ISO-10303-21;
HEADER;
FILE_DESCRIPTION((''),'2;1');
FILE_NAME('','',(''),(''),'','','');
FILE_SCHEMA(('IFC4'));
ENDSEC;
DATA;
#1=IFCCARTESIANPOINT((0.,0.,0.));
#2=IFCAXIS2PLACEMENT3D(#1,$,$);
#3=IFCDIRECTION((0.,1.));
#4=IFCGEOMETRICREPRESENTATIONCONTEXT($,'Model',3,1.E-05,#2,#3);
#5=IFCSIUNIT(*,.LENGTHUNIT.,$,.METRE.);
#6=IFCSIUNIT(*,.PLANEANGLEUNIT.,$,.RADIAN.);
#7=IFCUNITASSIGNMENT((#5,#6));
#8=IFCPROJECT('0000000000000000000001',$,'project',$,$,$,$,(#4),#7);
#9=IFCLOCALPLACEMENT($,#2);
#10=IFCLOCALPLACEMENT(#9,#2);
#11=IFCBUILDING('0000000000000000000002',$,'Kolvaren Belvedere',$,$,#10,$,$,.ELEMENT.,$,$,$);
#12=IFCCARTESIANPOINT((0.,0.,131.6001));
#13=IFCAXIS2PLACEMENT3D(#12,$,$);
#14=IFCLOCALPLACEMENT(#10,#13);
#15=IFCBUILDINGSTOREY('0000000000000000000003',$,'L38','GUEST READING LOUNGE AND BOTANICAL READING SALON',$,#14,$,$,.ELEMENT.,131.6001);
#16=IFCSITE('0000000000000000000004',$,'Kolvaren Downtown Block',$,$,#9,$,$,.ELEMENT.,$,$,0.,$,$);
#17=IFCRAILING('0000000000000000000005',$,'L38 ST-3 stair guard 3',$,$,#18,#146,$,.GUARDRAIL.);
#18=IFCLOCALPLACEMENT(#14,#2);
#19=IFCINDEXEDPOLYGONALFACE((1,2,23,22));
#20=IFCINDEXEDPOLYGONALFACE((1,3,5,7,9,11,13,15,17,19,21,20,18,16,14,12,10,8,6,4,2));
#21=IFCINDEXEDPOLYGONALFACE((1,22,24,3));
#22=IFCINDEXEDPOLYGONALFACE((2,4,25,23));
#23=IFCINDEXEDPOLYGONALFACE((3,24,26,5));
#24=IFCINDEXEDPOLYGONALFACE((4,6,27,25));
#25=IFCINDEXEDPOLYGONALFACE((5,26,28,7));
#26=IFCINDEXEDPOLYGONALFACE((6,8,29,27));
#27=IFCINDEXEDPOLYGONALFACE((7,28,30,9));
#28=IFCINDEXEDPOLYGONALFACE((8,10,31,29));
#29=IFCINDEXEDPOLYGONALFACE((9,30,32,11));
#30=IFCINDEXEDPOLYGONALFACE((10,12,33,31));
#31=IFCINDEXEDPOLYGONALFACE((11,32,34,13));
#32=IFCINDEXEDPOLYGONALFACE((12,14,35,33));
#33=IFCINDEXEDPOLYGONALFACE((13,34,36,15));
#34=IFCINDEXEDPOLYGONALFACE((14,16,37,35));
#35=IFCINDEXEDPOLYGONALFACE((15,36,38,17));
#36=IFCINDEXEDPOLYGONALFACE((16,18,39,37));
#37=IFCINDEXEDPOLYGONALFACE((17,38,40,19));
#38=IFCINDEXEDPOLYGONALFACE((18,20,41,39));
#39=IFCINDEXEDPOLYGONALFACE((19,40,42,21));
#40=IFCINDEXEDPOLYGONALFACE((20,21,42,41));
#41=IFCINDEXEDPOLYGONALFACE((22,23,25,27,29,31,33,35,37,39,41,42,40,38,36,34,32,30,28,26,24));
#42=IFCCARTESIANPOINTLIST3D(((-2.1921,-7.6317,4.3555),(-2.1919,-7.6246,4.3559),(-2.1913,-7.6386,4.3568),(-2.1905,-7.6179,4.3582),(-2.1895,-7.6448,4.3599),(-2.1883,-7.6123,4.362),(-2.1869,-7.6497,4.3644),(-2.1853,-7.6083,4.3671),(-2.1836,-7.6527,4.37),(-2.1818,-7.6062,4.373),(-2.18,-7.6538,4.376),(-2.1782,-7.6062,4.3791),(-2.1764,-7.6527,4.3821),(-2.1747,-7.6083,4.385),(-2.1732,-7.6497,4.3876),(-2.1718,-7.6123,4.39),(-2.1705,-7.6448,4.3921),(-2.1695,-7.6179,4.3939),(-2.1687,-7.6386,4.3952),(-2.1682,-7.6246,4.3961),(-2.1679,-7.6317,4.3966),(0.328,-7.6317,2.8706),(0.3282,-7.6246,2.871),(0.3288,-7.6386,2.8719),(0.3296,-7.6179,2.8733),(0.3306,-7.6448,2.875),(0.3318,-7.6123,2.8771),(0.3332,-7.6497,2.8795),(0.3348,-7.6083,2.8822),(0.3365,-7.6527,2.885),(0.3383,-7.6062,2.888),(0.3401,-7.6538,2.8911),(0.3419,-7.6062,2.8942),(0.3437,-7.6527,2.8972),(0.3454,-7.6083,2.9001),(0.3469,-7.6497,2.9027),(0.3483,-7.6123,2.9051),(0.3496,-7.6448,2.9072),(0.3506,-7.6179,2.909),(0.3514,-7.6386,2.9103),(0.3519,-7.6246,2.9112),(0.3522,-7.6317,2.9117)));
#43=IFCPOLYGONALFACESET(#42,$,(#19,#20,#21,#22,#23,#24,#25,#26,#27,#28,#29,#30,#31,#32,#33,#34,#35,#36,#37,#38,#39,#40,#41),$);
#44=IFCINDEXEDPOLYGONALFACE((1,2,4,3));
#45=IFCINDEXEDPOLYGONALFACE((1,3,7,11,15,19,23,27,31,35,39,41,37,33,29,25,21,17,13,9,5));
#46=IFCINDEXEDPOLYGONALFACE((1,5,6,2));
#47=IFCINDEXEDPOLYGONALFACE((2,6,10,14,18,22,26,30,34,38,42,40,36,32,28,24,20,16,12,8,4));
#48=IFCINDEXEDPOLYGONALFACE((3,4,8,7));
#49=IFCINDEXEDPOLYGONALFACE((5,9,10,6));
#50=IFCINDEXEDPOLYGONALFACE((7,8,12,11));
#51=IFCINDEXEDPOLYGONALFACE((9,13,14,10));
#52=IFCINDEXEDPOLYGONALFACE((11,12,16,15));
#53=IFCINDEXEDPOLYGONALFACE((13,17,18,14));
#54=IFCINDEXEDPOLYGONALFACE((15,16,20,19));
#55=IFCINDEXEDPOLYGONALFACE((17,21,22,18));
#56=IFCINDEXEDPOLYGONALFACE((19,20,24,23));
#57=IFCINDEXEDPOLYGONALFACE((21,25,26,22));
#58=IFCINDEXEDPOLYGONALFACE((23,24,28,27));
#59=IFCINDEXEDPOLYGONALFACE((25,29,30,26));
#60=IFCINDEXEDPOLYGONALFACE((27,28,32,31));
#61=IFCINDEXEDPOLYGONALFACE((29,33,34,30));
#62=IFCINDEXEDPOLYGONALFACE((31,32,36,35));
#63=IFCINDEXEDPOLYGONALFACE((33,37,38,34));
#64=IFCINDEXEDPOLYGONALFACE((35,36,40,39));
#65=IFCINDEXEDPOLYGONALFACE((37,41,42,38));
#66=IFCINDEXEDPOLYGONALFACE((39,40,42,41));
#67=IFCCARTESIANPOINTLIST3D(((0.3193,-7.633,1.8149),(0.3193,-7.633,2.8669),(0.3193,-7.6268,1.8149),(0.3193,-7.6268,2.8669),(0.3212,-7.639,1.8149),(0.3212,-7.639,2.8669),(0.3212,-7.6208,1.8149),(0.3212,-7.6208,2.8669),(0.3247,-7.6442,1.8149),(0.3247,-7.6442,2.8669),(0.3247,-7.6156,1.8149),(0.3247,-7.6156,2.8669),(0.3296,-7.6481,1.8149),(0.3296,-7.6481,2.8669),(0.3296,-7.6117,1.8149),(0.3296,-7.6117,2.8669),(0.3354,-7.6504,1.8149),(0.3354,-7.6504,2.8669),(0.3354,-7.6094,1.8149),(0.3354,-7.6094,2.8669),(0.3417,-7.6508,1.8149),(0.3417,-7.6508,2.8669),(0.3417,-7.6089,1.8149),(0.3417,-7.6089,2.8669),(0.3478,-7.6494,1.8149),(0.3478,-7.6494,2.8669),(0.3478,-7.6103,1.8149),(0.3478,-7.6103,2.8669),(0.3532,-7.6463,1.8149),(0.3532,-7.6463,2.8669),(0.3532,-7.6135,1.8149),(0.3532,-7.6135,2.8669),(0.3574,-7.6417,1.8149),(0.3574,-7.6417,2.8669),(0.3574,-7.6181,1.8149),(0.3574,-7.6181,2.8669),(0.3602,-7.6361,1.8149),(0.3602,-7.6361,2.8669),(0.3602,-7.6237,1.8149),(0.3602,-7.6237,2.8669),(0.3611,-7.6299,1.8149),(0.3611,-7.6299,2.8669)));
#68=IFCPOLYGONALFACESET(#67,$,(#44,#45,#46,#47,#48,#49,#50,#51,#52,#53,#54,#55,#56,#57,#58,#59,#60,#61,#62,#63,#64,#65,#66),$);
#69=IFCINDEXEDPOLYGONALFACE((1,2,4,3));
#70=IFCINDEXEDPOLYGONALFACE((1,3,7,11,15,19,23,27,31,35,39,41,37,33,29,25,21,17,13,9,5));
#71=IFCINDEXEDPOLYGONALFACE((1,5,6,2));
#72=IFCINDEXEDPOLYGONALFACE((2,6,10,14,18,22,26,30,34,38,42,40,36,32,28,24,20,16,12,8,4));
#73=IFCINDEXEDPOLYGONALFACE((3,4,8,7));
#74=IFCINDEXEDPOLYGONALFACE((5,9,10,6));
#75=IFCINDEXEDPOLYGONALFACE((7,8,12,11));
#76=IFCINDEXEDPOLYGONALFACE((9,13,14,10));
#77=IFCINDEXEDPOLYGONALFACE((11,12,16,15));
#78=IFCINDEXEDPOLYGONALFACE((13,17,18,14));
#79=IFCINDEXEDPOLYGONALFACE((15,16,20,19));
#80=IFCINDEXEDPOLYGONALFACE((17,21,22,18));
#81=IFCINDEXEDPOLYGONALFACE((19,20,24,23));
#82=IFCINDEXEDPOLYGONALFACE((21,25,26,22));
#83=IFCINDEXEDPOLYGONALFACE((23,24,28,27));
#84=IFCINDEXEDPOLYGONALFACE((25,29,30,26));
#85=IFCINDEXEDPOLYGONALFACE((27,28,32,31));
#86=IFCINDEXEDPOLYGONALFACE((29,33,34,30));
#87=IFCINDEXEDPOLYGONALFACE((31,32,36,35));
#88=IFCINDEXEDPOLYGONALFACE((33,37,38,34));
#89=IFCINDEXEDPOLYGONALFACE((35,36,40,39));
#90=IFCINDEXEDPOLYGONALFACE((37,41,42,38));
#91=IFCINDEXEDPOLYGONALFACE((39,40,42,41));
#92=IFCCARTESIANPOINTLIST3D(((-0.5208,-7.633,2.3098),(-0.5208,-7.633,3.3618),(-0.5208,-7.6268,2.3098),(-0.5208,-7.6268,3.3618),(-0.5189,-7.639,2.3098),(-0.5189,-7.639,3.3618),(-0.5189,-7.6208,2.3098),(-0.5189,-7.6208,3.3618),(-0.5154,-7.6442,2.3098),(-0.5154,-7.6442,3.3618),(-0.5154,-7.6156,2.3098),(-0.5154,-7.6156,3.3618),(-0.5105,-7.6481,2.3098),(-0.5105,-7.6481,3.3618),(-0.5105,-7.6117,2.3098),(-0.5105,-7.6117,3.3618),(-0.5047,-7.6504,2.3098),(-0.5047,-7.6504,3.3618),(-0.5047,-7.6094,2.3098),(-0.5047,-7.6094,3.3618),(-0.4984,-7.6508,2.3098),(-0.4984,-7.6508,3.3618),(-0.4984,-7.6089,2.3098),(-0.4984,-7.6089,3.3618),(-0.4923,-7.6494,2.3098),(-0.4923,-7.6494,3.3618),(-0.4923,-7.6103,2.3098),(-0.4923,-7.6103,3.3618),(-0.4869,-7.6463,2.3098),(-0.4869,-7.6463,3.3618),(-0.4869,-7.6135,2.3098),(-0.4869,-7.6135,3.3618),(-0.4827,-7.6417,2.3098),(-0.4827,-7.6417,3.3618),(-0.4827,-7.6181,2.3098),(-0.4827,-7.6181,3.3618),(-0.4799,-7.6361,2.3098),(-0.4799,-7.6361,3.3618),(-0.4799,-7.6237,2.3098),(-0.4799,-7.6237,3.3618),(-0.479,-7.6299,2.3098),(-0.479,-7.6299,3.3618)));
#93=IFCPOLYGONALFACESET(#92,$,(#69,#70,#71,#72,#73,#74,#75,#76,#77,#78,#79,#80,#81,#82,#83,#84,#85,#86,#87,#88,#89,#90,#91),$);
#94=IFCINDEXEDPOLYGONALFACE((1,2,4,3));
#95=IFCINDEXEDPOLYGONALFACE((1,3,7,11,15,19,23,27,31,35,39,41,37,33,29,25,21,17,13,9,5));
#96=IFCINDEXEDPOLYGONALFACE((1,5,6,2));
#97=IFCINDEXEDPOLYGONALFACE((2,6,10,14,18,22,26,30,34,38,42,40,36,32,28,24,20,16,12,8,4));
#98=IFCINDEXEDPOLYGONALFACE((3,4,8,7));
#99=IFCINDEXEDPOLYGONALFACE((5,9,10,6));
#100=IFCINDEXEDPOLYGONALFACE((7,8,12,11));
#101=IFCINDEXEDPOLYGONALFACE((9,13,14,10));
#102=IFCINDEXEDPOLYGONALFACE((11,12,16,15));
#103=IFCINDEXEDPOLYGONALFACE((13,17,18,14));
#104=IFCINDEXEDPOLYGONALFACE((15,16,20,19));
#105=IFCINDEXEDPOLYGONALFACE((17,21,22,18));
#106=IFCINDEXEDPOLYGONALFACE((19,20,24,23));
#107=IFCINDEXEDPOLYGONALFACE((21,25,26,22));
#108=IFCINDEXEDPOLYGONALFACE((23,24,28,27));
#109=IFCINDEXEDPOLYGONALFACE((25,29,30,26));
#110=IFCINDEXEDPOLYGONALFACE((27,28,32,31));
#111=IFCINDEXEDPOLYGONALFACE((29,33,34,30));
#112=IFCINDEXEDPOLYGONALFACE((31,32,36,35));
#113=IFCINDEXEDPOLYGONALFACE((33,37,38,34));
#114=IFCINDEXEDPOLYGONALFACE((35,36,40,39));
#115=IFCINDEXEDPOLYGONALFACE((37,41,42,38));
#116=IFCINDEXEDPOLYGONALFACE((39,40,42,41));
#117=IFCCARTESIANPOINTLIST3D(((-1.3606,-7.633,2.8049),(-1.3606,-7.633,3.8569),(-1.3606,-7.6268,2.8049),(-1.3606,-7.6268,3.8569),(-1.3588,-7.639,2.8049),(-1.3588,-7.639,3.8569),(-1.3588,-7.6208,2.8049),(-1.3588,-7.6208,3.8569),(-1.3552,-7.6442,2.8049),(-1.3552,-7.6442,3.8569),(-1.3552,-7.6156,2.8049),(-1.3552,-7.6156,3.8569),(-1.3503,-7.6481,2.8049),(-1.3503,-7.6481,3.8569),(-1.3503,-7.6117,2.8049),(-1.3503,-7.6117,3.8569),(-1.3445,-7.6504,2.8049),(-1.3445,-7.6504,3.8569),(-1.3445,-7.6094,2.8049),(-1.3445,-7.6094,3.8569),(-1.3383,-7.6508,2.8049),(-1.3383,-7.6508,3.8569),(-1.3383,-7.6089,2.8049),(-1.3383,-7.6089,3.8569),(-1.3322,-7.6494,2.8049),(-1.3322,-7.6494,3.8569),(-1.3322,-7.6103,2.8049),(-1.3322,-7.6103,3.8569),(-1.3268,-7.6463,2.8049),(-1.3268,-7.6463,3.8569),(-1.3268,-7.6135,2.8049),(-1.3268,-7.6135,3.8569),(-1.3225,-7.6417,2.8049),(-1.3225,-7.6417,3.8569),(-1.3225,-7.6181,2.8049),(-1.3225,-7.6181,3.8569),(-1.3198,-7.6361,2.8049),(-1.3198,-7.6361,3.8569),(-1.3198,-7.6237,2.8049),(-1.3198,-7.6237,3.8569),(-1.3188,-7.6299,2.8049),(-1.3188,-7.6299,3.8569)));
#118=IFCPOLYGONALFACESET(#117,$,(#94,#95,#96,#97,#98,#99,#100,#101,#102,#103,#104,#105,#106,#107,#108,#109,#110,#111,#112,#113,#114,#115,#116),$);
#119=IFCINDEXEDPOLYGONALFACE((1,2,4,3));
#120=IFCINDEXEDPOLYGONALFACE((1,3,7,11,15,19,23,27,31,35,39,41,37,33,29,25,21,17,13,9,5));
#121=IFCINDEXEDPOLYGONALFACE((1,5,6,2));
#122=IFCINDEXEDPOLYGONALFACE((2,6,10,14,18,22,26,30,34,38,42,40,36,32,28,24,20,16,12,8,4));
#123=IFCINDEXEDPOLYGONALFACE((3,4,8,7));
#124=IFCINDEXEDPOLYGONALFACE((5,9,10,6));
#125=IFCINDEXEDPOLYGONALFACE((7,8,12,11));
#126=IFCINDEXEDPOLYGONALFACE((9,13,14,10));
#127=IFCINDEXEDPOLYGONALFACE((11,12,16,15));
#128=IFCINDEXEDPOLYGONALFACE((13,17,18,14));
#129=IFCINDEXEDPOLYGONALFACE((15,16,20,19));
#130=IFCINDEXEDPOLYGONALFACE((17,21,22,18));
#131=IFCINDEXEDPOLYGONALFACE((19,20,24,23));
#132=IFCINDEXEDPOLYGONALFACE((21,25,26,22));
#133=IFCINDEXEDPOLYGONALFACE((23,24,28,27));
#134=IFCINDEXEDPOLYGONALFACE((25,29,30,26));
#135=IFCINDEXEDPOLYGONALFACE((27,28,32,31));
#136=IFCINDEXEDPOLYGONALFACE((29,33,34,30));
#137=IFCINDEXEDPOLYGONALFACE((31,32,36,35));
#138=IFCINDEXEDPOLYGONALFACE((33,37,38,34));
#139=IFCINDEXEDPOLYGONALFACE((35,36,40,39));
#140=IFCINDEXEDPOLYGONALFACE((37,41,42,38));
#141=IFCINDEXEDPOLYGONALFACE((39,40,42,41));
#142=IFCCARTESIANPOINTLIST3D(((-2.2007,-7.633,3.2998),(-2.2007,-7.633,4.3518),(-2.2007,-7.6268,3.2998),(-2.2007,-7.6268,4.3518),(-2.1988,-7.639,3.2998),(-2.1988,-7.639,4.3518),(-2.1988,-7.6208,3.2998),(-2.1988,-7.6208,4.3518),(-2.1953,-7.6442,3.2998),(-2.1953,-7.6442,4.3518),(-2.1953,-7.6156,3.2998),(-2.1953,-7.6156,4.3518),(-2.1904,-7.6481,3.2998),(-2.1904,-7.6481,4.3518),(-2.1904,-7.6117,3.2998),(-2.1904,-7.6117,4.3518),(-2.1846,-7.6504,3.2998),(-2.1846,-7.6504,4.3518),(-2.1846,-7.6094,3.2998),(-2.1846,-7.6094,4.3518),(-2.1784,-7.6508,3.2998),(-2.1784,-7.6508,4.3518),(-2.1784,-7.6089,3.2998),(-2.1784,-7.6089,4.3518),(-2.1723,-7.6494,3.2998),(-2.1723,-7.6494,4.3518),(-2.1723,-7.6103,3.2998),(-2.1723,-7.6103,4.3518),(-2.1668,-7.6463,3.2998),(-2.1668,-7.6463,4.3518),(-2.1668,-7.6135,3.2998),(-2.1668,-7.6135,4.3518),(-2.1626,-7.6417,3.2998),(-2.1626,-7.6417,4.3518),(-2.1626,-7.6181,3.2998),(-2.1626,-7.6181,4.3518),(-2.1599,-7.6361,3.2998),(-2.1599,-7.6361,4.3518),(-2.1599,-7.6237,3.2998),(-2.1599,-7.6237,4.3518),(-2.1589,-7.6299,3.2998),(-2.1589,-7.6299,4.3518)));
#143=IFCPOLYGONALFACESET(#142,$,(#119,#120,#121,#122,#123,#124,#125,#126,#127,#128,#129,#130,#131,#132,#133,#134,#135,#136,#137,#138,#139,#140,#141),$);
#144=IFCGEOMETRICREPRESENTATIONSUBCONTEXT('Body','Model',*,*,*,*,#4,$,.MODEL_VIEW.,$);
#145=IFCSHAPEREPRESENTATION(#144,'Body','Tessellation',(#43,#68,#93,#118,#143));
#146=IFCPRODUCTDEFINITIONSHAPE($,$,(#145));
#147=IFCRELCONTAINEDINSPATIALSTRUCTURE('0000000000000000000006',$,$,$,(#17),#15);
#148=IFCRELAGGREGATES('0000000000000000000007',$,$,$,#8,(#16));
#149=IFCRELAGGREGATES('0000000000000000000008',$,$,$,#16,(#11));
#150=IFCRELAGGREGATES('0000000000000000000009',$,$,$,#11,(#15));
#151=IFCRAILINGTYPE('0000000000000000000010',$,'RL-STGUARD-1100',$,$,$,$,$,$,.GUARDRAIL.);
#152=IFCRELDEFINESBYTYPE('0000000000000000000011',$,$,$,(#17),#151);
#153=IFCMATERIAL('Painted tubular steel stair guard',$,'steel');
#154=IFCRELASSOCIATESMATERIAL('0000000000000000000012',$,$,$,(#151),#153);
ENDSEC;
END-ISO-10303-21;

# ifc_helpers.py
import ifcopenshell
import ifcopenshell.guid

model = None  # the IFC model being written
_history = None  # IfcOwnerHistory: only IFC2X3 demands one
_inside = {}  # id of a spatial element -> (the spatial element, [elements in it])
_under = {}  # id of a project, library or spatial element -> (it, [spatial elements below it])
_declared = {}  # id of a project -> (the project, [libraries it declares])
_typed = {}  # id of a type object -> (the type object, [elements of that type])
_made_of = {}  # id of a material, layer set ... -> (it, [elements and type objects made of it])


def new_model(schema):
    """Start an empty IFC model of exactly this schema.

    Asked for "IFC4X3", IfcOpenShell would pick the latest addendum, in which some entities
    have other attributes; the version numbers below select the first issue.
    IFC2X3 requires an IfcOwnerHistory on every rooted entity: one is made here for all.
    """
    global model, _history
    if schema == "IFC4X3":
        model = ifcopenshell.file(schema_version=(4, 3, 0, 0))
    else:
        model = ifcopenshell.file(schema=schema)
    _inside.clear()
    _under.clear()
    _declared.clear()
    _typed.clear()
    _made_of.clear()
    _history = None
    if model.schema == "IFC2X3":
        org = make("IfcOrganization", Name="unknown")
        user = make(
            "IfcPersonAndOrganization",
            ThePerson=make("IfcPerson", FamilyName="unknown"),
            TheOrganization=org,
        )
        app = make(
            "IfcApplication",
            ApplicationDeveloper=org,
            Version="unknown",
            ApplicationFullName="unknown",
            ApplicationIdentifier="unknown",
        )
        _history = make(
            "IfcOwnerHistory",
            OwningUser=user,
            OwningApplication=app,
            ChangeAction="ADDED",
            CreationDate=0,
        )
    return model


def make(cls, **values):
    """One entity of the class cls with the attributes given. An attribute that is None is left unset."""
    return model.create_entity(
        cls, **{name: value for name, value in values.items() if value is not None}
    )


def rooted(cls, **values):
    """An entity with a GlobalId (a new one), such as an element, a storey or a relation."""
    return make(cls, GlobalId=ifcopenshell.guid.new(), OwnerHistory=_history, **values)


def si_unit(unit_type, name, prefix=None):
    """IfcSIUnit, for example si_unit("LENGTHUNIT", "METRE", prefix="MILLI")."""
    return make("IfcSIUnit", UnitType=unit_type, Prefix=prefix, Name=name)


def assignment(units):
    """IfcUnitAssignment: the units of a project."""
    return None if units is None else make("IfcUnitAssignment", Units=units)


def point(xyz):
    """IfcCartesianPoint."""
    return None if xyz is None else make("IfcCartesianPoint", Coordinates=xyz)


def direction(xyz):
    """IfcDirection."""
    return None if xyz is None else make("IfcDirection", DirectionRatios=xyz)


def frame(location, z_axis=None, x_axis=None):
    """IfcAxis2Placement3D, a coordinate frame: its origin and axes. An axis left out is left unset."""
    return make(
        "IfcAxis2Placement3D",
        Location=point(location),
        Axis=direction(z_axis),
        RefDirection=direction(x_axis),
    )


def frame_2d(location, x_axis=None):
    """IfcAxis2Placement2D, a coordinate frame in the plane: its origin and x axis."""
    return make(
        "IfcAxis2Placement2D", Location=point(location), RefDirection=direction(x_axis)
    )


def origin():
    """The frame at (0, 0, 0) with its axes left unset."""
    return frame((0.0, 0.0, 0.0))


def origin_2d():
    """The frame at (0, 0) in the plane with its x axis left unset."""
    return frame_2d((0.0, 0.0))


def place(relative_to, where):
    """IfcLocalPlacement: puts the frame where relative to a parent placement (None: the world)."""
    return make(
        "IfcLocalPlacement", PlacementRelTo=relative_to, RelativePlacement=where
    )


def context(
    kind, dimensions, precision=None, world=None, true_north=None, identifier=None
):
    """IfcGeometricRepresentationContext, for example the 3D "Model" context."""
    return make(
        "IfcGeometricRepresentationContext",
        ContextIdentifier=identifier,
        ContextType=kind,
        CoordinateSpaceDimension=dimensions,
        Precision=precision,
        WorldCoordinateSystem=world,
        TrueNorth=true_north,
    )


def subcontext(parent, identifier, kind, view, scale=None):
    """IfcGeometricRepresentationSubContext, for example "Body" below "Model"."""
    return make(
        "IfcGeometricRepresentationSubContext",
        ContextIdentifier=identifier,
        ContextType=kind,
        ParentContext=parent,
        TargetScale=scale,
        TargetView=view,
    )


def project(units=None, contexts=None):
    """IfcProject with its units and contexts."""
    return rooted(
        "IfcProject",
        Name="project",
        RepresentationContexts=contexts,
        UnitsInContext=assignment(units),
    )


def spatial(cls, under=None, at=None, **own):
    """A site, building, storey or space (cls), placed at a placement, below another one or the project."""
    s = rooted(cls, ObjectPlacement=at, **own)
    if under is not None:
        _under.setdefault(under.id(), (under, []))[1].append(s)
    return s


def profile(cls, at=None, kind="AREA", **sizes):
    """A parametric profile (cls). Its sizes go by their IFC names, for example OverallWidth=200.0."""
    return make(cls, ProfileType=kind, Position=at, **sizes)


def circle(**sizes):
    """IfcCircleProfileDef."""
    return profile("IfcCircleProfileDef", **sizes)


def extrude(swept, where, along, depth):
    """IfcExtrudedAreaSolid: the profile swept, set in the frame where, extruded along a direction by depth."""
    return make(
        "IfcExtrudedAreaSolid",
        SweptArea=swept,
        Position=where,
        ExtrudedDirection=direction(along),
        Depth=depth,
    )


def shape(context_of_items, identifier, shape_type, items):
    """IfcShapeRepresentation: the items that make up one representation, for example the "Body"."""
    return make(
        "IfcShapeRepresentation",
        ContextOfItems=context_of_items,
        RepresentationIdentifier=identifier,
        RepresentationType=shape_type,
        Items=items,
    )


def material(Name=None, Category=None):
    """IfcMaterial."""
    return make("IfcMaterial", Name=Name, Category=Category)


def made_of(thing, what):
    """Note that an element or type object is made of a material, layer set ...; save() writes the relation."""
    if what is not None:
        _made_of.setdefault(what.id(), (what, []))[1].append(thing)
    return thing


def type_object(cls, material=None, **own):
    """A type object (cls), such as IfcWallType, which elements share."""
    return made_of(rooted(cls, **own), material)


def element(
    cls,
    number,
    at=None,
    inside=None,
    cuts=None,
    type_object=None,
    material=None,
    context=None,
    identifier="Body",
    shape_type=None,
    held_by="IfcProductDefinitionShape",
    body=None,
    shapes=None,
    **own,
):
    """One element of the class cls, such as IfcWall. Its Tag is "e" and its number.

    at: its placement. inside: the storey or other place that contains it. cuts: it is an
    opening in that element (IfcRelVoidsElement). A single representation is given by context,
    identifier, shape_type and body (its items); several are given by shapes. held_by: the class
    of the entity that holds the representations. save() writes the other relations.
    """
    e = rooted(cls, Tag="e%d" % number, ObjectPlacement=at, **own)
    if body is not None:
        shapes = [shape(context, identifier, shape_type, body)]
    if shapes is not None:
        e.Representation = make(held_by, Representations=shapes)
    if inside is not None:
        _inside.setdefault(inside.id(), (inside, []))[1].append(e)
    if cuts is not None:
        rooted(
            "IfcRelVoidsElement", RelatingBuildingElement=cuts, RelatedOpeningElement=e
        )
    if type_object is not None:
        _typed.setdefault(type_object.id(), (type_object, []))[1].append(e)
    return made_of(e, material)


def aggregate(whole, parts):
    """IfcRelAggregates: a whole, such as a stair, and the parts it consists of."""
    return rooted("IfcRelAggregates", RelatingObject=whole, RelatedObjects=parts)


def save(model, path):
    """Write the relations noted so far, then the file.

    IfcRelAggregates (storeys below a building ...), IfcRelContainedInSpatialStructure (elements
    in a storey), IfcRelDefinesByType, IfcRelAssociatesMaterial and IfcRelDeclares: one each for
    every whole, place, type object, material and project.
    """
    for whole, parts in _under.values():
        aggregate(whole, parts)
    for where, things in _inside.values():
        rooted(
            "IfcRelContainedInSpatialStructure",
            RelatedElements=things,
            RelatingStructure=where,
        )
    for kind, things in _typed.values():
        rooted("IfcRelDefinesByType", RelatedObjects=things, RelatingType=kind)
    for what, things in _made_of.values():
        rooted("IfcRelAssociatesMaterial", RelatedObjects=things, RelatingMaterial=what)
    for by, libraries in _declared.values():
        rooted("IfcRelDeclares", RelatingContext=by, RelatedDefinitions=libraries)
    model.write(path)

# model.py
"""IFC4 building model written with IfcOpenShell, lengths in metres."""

from ifc_helpers import new_model, si_unit, direction, frame, origin, origin_2d, place, context, subcontext, project, spatial, circle, extrude, material, type_object, element, save


model = new_model("IFC4")

# Units and contexts
model_context = context("Model", 3, precision=1e-05, world=origin(), true_north=direction((0.0, 1.0)))
body_context = subcontext(model_context, "Body", "Model", "MODEL_VIEW")
ifc_project = project(units=[si_unit("LENGTHUNIT", "METRE"), si_unit("PLANEANGLEUNIT", "RADIAN")], contexts=[model_context])

# Site, building, storey
site_placement = place(None, origin())
site = spatial("IfcSite", under=ifc_project, at=site_placement, Name="Kolvaren Downtown Block", CompositionType="ELEMENT", RefElevation=0.0)
building_placement = place(site_placement, origin())
building = spatial("IfcBuilding", under=site, at=building_placement, Name="Kolvaren Belvedere", CompositionType="ELEMENT")
storey_placement = place(building_placement, frame((0.0, 0.0, 131.6001)))
storey = spatial("IfcBuildingStorey", under=building, at=storey_placement, Name="L38", Description="GUEST READING LOUNGE AND BOTANICAL READING SALON", CompositionType="ELEMENT", Elevation=131.6001)

# Railing
ifc_material_1 = material(Name="Painted tubular steel stair guard", Category="steel")
railing_type_1 = type_object("IfcRailingType", Name="RL-STGUARD-1100", PredefinedType="GUARDRAIL", material=ifc_material_1)
railing_1_placement = place(storey_placement, frame((0.3401, -7.6299, 1.8149)))
element("IfcRailing", 1, at=railing_1_placement, inside=storey, type_object=railing_type_1, Name="L38 ST-3 stair guard 3", PredefinedType="GUARDRAIL", context=body_context, shape_type="SweptSolid", body=[
    extrude(circle(Radius=0.0239, at=origin_2d()), frame((0.0, 0.0, 1.0762), z_axis=(-0.861561, 0.0, 0.507655), x_axis=(0.0, -1.0, 0.0)), (0.0, 0.0, 1.0), 2.925),
    extrude(circle(Radius=0.021, at=origin_2d()), origin(), (0.0, 0.0, 1.0), 1.052),
    extrude(circle(Radius=0.021, at=origin_2d()), frame((-0.8401, 0.0, 0.4949)), (0.0, 0.0, 1.0), 1.052),
    extrude(circle(Radius=0.021, at=origin_2d()), frame((-1.6799, 0.0, 0.99)), (0.0, 0.0, 1.0), 1.052),
    extrude(circle(Radius=0.021, at=origin_2d()), frame((-2.52, 0.0, 1.4849)), (0.0, 0.0, 1.0), 1.052),
])

save(model, "model.ifc")
